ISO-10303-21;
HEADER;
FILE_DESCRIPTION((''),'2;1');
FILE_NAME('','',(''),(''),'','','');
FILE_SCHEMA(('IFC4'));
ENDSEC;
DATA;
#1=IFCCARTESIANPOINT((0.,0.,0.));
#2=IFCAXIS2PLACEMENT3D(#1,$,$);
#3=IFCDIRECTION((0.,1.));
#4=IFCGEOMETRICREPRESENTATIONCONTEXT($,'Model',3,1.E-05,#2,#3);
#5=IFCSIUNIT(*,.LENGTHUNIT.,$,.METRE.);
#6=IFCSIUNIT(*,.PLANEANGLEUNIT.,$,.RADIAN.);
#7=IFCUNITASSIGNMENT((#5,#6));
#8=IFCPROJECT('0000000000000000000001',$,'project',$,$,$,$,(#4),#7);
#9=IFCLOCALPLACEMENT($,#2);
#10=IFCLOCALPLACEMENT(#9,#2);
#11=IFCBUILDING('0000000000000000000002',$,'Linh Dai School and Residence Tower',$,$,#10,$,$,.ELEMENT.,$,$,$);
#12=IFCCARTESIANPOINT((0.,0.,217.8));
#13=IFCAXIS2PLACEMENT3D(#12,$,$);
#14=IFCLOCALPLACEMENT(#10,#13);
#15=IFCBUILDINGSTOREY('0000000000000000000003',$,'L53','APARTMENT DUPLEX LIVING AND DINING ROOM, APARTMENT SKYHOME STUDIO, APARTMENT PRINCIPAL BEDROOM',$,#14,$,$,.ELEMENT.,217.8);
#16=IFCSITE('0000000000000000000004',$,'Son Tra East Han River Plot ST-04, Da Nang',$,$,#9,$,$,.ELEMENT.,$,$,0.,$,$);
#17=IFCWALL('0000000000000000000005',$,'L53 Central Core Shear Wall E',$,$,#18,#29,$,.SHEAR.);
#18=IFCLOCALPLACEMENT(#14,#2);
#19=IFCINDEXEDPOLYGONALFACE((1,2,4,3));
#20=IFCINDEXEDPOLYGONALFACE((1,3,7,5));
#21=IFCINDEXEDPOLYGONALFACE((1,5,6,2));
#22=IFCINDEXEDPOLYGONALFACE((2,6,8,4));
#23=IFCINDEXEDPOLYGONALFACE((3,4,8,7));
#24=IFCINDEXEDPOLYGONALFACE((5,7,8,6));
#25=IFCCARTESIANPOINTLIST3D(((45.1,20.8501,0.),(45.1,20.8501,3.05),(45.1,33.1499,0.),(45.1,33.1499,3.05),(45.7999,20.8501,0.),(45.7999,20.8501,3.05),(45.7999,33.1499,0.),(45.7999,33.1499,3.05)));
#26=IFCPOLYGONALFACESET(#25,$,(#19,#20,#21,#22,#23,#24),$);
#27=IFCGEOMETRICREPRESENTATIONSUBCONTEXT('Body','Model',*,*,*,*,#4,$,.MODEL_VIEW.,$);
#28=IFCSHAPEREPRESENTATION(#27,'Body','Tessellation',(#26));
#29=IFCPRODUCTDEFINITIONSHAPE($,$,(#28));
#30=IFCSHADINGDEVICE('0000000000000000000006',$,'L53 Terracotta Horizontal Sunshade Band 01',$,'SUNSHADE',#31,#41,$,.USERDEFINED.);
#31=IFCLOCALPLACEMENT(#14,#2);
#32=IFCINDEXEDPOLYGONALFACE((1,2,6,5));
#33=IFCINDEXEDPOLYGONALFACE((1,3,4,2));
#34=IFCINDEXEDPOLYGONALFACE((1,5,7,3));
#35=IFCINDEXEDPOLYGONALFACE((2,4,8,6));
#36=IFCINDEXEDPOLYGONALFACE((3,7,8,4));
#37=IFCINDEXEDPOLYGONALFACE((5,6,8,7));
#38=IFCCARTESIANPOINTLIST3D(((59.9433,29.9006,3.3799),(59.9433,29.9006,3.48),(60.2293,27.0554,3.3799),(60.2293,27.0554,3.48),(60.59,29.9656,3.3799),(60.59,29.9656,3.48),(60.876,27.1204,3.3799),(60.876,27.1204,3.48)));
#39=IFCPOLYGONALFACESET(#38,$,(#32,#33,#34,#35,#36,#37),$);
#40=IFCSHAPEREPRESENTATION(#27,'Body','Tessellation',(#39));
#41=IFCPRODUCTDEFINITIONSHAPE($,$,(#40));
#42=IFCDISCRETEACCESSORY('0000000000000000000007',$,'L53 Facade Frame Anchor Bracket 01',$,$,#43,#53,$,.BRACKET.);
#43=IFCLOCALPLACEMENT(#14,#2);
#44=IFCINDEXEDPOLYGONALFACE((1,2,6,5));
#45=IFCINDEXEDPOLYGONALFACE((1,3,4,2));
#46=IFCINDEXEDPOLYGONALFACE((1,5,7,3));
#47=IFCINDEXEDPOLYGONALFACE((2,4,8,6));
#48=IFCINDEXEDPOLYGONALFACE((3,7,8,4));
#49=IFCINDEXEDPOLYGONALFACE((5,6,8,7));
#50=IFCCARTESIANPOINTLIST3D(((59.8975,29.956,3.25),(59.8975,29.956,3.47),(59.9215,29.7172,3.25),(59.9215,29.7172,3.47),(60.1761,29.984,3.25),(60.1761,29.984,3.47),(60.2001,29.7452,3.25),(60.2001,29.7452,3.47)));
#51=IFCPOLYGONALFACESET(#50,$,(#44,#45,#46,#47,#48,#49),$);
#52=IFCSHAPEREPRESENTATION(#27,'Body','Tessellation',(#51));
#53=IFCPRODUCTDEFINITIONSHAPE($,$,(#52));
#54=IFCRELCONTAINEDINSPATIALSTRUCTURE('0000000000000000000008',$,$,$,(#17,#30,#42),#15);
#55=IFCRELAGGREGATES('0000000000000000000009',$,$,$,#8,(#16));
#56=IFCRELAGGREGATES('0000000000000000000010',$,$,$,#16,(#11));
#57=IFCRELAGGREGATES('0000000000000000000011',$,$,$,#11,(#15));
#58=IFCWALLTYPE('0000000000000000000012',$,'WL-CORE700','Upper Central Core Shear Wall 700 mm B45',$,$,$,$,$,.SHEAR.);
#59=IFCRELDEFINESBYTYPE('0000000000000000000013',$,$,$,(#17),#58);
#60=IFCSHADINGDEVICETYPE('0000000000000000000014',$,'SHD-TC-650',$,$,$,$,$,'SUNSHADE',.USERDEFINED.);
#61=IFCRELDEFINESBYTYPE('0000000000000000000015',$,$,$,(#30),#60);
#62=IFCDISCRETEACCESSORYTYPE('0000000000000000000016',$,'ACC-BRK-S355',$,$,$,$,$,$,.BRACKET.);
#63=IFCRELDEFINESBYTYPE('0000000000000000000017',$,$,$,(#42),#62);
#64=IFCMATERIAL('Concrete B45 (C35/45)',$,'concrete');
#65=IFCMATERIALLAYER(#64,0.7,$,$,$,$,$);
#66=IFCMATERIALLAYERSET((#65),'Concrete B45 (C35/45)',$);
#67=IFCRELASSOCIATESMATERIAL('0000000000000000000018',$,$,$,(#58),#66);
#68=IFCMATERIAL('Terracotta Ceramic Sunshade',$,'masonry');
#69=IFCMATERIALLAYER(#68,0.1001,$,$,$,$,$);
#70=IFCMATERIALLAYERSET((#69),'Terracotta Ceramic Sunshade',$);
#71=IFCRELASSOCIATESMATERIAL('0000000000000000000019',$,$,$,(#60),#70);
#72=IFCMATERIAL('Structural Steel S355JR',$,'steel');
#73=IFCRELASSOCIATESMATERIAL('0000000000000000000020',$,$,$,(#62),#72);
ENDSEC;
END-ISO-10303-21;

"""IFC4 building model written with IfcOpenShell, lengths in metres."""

from ifc_helpers import new_model, si_unit, direction, frame, frame_2d, origin, origin_2d, place, context, subcontext, project, spatial, rectangle, extrude, source, transform, mapped, material, layer, layer_set, type_object, element, save


model = new_model("IFC4")

# Units and contexts
model_context = context("Model", 3, precision=1e-05, world=origin(), true_north=direction((0.0, 1.0)))
body_context = subcontext(model_context, "Body", "Model", "MODEL_VIEW")
ifc_project = project(units=[si_unit("LENGTHUNIT", "METRE"), si_unit("PLANEANGLEUNIT", "RADIAN")], contexts=[model_context])

# Site, building, storey
site_placement = place(None, origin())
site = spatial("IfcSite", under=ifc_project, at=site_placement, Name="Son Tra East Han River Plot ST-04, Da Nang", CompositionType="ELEMENT", RefElevation=0.0)
building_placement = place(site_placement, origin())
building = spatial("IfcBuilding", under=site, at=building_placement, Name="Linh Dai School and Residence Tower", CompositionType="ELEMENT")
storey_placement = place(building_placement, frame((0.0, 0.0, 217.8)))
storey = spatial("IfcBuildingStorey", under=building, at=storey_placement, Name="L53", Description="APARTMENT DUPLEX LIVING AND DINING ROOM, APARTMENT SKYHOME STUDIO, APARTMENT PRINCIPAL BEDROOM", CompositionType="ELEMENT", Elevation=217.8)

# Shared definitions
ifc_material_1 = material(Name="Concrete B45 (C35/45)", Category="concrete")
ifc_material_2 = material(Name="Structural Steel S355JR", Category="steel")

# Wall
ifc_layer_1 = layer(ifc_material_1, 0.7)
ifc_layer_set_1 = layer_set([ifc_layer_1], Name="Concrete B45 (C35/45)")
wall_type_1 = type_object("IfcWallType", Name="WL-CORE700", Description="Upper Central Core Shear Wall 700 mm B45", PredefinedType="SHEAR", material=ifc_layer_set_1)
wall_1_placement = place(storey_placement, frame((45.45, 33.1499, 0.0), z_axis=(0.0, 0.0, 1.0), x_axis=(0.0, -1.0, 0.0)))
element("IfcWall", 1, at=wall_1_placement, inside=storey, type_object=wall_type_1, Name="L53 Central Core Shear Wall E", PredefinedType="SHEAR", context=body_context, shape_type="SweptSolid", body=[
    extrude(rectangle(XDim=12.2998, YDim=0.7, at=frame_2d((6.1499, 0.0))), origin(), (0.0, 0.0, 1.0), 3.05),
])

# Shading device
ifc_material_3 = material(Name="Terracotta Ceramic Sunshade", Category="masonry")
ifc_layer_2 = layer(ifc_material_3, 0.1001)
ifc_layer_set_2 = layer_set([ifc_layer_2], Name="Terracotta Ceramic Sunshade")
shading_device_type = type_object("IfcShadingDeviceType", Name="SHD-TC-650", ElementType="SUNSHADE", PredefinedType="USERDEFINED", material=ifc_layer_set_2)
shared_shape_1 = source(origin(), body_context, "Body", "SweptSolid", [
    extrude(rectangle(XDim=2.8596, YDim=0.6499, at=origin_2d()), origin(), (0.0, 0.0, 1.0), 0.1001),
])
shading_device_placement = place(storey_placement, frame((60.4097, 28.5105, 3.3799), z_axis=(0.0, 0.0, 1.0), x_axis=(0.100012, -0.994986, 0.0)))
element("IfcShadingDevice", 2, at=shading_device_placement, inside=storey, type_object=shading_device_type, Name="L53 Terracotta Horizontal Sunshade Band 01", ObjectType="SUNSHADE", PredefinedType="USERDEFINED", context=body_context, shape_type="MappedRepresentation", body=[
    mapped(shared_shape_1, transform((0.0, 0.0, 0.0), x_axis=(1.0, 0.0, 0.0), y_axis=(0.0, 1.0, 0.0), z_axis=(0.0, 0.0, 1.0), scale=1.0)),
])

# Discrete accessory
discrete_accessory_type = type_object("IfcDiscreteAccessoryType", Name="ACC-BRK-S355", PredefinedType="BRACKET", material=ifc_material_2)
shared_shape_2 = source(origin(), body_context, "Body", "SweptSolid", [
    extrude(rectangle(XDim=0.28, YDim=0.24, at=origin_2d()), origin(), (0.0, 0.0, 1.0), 0.22),
])
discrete_accessory_placement = place(storey_placement, frame((60.0488, 29.8506, 3.25), z_axis=(0.0, 0.0, 1.0), x_axis=(0.994986, 0.100012, 0.0)))
element("IfcDiscreteAccessory", 3, at=discrete_accessory_placement, inside=storey, type_object=discrete_accessory_type, Name="L53 Facade Frame Anchor Bracket 01", PredefinedType="BRACKET", context=body_context, shape_type="MappedRepresentation", body=[
    mapped(shared_shape_2, transform((0.0, 0.0, 0.0), x_axis=(1.0, 0.0, 0.0), y_axis=(0.0, 1.0, 0.0), z_axis=(0.0, 0.0, 1.0), scale=1.0)),
])

save(model, "model.ifc")
